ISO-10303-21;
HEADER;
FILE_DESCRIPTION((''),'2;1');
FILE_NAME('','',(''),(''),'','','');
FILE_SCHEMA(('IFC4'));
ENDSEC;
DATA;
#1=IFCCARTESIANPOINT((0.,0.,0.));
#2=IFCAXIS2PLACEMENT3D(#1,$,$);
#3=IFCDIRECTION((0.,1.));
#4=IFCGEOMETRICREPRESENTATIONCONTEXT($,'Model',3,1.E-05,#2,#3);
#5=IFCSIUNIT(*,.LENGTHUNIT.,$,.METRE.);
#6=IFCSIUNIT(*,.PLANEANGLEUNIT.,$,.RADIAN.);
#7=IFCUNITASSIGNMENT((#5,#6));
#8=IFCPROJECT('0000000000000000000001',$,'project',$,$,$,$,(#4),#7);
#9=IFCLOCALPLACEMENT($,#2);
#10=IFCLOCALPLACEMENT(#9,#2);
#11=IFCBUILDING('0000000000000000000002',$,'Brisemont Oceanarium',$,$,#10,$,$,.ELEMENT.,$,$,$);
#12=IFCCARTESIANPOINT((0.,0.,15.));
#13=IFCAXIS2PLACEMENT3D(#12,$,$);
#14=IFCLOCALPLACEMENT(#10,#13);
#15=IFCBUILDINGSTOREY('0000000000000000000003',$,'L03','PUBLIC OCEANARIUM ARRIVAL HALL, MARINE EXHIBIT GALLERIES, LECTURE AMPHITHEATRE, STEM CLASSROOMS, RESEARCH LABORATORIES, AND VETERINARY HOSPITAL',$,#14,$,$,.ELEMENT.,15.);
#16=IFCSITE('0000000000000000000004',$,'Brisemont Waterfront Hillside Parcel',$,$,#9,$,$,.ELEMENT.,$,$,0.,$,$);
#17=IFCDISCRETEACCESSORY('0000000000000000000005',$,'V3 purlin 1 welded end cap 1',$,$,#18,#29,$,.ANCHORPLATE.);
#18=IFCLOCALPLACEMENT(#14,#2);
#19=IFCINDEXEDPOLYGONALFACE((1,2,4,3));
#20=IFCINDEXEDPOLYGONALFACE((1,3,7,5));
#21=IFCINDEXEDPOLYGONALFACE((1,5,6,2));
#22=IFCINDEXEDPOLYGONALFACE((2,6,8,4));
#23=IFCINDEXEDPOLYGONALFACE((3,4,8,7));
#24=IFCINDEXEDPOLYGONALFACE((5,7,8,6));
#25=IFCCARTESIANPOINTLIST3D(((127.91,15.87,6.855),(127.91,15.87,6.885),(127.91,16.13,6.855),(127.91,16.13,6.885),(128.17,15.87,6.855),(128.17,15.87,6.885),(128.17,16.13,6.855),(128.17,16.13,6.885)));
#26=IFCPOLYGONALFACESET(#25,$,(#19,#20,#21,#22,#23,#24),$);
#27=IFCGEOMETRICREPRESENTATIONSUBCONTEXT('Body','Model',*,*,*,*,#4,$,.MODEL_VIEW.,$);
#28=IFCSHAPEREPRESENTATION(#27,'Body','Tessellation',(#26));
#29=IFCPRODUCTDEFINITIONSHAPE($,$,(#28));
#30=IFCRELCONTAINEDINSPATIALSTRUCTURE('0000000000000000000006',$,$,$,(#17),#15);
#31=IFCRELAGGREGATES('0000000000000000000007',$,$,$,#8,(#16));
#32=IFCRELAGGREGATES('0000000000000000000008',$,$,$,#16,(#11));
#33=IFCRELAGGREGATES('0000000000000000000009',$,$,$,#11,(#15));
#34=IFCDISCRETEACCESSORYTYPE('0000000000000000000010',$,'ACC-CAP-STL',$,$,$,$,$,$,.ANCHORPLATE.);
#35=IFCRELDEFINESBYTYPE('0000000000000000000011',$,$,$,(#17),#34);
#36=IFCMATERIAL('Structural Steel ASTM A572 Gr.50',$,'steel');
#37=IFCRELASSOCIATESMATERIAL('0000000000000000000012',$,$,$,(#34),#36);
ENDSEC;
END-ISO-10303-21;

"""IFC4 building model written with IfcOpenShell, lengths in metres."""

from ifc_helpers import new_model, si_unit, direction, frame, origin, origin_2d, place, context, subcontext, project, spatial, rectangle, extrude, material, type_object, element, save


model = new_model("IFC4")

# Units and contexts
model_context = context("Model", 3, precision=1e-05, world=origin(), true_north=direction((0.0, 1.0)))
body_context = subcontext(model_context, "Body", "Model", "MODEL_VIEW")
ifc_project = project(units=[si_unit("LENGTHUNIT", "METRE"), si_unit("PLANEANGLEUNIT", "RADIAN")], contexts=[model_context])

# Site, building, storey
site_placement = place(None, origin())
site = spatial("IfcSite", under=ifc_project, at=site_placement, Name="Brisemont Waterfront Hillside Parcel", CompositionType="ELEMENT", RefElevation=0.0)
building_placement = place(site_placement, origin())
building = spatial("IfcBuilding", under=site, at=building_placement, Name="Brisemont Oceanarium", CompositionType="ELEMENT")
storey_placement = place(building_placement, frame((0.0, 0.0, 15.0)))
storey = spatial("IfcBuildingStorey", under=building, at=storey_placement, Name="L03", Description="PUBLIC OCEANARIUM ARRIVAL HALL, MARINE EXHIBIT GALLERIES, LECTURE AMPHITHEATRE, STEM CLASSROOMS, RESEARCH LABORATORIES, AND VETERINARY HOSPITAL", CompositionType="ELEMENT", Elevation=15.0)

# Discrete accessory
ifc_material_1 = material(Name="Structural Steel ASTM A572 Gr.50", Category="steel")
discrete_accessory_type = type_object("IfcDiscreteAccessoryType", Name="ACC-CAP-STL", PredefinedType="ANCHORPLATE", material=ifc_material_1)
discrete_accessory_placement = place(storey_placement, frame((128.04, 16.0, 6.855), z_axis=(0.0, 0.0, 1.0), x_axis=(1.0, 0.0, 0.0)))
element("IfcDiscreteAccessory", 1, at=discrete_accessory_placement, inside=storey, type_object=discrete_accessory_type, Name="V3 purlin 1 welded end cap 1", PredefinedType="ANCHORPLATE", context=body_context, shape_type="SweptSolid", body=[
    extrude(rectangle(XDim=0.26, YDim=0.26, at=origin_2d()), origin(), (0.0, 0.0, 1.0), 0.03),
])

save(model, "model.ifc")
